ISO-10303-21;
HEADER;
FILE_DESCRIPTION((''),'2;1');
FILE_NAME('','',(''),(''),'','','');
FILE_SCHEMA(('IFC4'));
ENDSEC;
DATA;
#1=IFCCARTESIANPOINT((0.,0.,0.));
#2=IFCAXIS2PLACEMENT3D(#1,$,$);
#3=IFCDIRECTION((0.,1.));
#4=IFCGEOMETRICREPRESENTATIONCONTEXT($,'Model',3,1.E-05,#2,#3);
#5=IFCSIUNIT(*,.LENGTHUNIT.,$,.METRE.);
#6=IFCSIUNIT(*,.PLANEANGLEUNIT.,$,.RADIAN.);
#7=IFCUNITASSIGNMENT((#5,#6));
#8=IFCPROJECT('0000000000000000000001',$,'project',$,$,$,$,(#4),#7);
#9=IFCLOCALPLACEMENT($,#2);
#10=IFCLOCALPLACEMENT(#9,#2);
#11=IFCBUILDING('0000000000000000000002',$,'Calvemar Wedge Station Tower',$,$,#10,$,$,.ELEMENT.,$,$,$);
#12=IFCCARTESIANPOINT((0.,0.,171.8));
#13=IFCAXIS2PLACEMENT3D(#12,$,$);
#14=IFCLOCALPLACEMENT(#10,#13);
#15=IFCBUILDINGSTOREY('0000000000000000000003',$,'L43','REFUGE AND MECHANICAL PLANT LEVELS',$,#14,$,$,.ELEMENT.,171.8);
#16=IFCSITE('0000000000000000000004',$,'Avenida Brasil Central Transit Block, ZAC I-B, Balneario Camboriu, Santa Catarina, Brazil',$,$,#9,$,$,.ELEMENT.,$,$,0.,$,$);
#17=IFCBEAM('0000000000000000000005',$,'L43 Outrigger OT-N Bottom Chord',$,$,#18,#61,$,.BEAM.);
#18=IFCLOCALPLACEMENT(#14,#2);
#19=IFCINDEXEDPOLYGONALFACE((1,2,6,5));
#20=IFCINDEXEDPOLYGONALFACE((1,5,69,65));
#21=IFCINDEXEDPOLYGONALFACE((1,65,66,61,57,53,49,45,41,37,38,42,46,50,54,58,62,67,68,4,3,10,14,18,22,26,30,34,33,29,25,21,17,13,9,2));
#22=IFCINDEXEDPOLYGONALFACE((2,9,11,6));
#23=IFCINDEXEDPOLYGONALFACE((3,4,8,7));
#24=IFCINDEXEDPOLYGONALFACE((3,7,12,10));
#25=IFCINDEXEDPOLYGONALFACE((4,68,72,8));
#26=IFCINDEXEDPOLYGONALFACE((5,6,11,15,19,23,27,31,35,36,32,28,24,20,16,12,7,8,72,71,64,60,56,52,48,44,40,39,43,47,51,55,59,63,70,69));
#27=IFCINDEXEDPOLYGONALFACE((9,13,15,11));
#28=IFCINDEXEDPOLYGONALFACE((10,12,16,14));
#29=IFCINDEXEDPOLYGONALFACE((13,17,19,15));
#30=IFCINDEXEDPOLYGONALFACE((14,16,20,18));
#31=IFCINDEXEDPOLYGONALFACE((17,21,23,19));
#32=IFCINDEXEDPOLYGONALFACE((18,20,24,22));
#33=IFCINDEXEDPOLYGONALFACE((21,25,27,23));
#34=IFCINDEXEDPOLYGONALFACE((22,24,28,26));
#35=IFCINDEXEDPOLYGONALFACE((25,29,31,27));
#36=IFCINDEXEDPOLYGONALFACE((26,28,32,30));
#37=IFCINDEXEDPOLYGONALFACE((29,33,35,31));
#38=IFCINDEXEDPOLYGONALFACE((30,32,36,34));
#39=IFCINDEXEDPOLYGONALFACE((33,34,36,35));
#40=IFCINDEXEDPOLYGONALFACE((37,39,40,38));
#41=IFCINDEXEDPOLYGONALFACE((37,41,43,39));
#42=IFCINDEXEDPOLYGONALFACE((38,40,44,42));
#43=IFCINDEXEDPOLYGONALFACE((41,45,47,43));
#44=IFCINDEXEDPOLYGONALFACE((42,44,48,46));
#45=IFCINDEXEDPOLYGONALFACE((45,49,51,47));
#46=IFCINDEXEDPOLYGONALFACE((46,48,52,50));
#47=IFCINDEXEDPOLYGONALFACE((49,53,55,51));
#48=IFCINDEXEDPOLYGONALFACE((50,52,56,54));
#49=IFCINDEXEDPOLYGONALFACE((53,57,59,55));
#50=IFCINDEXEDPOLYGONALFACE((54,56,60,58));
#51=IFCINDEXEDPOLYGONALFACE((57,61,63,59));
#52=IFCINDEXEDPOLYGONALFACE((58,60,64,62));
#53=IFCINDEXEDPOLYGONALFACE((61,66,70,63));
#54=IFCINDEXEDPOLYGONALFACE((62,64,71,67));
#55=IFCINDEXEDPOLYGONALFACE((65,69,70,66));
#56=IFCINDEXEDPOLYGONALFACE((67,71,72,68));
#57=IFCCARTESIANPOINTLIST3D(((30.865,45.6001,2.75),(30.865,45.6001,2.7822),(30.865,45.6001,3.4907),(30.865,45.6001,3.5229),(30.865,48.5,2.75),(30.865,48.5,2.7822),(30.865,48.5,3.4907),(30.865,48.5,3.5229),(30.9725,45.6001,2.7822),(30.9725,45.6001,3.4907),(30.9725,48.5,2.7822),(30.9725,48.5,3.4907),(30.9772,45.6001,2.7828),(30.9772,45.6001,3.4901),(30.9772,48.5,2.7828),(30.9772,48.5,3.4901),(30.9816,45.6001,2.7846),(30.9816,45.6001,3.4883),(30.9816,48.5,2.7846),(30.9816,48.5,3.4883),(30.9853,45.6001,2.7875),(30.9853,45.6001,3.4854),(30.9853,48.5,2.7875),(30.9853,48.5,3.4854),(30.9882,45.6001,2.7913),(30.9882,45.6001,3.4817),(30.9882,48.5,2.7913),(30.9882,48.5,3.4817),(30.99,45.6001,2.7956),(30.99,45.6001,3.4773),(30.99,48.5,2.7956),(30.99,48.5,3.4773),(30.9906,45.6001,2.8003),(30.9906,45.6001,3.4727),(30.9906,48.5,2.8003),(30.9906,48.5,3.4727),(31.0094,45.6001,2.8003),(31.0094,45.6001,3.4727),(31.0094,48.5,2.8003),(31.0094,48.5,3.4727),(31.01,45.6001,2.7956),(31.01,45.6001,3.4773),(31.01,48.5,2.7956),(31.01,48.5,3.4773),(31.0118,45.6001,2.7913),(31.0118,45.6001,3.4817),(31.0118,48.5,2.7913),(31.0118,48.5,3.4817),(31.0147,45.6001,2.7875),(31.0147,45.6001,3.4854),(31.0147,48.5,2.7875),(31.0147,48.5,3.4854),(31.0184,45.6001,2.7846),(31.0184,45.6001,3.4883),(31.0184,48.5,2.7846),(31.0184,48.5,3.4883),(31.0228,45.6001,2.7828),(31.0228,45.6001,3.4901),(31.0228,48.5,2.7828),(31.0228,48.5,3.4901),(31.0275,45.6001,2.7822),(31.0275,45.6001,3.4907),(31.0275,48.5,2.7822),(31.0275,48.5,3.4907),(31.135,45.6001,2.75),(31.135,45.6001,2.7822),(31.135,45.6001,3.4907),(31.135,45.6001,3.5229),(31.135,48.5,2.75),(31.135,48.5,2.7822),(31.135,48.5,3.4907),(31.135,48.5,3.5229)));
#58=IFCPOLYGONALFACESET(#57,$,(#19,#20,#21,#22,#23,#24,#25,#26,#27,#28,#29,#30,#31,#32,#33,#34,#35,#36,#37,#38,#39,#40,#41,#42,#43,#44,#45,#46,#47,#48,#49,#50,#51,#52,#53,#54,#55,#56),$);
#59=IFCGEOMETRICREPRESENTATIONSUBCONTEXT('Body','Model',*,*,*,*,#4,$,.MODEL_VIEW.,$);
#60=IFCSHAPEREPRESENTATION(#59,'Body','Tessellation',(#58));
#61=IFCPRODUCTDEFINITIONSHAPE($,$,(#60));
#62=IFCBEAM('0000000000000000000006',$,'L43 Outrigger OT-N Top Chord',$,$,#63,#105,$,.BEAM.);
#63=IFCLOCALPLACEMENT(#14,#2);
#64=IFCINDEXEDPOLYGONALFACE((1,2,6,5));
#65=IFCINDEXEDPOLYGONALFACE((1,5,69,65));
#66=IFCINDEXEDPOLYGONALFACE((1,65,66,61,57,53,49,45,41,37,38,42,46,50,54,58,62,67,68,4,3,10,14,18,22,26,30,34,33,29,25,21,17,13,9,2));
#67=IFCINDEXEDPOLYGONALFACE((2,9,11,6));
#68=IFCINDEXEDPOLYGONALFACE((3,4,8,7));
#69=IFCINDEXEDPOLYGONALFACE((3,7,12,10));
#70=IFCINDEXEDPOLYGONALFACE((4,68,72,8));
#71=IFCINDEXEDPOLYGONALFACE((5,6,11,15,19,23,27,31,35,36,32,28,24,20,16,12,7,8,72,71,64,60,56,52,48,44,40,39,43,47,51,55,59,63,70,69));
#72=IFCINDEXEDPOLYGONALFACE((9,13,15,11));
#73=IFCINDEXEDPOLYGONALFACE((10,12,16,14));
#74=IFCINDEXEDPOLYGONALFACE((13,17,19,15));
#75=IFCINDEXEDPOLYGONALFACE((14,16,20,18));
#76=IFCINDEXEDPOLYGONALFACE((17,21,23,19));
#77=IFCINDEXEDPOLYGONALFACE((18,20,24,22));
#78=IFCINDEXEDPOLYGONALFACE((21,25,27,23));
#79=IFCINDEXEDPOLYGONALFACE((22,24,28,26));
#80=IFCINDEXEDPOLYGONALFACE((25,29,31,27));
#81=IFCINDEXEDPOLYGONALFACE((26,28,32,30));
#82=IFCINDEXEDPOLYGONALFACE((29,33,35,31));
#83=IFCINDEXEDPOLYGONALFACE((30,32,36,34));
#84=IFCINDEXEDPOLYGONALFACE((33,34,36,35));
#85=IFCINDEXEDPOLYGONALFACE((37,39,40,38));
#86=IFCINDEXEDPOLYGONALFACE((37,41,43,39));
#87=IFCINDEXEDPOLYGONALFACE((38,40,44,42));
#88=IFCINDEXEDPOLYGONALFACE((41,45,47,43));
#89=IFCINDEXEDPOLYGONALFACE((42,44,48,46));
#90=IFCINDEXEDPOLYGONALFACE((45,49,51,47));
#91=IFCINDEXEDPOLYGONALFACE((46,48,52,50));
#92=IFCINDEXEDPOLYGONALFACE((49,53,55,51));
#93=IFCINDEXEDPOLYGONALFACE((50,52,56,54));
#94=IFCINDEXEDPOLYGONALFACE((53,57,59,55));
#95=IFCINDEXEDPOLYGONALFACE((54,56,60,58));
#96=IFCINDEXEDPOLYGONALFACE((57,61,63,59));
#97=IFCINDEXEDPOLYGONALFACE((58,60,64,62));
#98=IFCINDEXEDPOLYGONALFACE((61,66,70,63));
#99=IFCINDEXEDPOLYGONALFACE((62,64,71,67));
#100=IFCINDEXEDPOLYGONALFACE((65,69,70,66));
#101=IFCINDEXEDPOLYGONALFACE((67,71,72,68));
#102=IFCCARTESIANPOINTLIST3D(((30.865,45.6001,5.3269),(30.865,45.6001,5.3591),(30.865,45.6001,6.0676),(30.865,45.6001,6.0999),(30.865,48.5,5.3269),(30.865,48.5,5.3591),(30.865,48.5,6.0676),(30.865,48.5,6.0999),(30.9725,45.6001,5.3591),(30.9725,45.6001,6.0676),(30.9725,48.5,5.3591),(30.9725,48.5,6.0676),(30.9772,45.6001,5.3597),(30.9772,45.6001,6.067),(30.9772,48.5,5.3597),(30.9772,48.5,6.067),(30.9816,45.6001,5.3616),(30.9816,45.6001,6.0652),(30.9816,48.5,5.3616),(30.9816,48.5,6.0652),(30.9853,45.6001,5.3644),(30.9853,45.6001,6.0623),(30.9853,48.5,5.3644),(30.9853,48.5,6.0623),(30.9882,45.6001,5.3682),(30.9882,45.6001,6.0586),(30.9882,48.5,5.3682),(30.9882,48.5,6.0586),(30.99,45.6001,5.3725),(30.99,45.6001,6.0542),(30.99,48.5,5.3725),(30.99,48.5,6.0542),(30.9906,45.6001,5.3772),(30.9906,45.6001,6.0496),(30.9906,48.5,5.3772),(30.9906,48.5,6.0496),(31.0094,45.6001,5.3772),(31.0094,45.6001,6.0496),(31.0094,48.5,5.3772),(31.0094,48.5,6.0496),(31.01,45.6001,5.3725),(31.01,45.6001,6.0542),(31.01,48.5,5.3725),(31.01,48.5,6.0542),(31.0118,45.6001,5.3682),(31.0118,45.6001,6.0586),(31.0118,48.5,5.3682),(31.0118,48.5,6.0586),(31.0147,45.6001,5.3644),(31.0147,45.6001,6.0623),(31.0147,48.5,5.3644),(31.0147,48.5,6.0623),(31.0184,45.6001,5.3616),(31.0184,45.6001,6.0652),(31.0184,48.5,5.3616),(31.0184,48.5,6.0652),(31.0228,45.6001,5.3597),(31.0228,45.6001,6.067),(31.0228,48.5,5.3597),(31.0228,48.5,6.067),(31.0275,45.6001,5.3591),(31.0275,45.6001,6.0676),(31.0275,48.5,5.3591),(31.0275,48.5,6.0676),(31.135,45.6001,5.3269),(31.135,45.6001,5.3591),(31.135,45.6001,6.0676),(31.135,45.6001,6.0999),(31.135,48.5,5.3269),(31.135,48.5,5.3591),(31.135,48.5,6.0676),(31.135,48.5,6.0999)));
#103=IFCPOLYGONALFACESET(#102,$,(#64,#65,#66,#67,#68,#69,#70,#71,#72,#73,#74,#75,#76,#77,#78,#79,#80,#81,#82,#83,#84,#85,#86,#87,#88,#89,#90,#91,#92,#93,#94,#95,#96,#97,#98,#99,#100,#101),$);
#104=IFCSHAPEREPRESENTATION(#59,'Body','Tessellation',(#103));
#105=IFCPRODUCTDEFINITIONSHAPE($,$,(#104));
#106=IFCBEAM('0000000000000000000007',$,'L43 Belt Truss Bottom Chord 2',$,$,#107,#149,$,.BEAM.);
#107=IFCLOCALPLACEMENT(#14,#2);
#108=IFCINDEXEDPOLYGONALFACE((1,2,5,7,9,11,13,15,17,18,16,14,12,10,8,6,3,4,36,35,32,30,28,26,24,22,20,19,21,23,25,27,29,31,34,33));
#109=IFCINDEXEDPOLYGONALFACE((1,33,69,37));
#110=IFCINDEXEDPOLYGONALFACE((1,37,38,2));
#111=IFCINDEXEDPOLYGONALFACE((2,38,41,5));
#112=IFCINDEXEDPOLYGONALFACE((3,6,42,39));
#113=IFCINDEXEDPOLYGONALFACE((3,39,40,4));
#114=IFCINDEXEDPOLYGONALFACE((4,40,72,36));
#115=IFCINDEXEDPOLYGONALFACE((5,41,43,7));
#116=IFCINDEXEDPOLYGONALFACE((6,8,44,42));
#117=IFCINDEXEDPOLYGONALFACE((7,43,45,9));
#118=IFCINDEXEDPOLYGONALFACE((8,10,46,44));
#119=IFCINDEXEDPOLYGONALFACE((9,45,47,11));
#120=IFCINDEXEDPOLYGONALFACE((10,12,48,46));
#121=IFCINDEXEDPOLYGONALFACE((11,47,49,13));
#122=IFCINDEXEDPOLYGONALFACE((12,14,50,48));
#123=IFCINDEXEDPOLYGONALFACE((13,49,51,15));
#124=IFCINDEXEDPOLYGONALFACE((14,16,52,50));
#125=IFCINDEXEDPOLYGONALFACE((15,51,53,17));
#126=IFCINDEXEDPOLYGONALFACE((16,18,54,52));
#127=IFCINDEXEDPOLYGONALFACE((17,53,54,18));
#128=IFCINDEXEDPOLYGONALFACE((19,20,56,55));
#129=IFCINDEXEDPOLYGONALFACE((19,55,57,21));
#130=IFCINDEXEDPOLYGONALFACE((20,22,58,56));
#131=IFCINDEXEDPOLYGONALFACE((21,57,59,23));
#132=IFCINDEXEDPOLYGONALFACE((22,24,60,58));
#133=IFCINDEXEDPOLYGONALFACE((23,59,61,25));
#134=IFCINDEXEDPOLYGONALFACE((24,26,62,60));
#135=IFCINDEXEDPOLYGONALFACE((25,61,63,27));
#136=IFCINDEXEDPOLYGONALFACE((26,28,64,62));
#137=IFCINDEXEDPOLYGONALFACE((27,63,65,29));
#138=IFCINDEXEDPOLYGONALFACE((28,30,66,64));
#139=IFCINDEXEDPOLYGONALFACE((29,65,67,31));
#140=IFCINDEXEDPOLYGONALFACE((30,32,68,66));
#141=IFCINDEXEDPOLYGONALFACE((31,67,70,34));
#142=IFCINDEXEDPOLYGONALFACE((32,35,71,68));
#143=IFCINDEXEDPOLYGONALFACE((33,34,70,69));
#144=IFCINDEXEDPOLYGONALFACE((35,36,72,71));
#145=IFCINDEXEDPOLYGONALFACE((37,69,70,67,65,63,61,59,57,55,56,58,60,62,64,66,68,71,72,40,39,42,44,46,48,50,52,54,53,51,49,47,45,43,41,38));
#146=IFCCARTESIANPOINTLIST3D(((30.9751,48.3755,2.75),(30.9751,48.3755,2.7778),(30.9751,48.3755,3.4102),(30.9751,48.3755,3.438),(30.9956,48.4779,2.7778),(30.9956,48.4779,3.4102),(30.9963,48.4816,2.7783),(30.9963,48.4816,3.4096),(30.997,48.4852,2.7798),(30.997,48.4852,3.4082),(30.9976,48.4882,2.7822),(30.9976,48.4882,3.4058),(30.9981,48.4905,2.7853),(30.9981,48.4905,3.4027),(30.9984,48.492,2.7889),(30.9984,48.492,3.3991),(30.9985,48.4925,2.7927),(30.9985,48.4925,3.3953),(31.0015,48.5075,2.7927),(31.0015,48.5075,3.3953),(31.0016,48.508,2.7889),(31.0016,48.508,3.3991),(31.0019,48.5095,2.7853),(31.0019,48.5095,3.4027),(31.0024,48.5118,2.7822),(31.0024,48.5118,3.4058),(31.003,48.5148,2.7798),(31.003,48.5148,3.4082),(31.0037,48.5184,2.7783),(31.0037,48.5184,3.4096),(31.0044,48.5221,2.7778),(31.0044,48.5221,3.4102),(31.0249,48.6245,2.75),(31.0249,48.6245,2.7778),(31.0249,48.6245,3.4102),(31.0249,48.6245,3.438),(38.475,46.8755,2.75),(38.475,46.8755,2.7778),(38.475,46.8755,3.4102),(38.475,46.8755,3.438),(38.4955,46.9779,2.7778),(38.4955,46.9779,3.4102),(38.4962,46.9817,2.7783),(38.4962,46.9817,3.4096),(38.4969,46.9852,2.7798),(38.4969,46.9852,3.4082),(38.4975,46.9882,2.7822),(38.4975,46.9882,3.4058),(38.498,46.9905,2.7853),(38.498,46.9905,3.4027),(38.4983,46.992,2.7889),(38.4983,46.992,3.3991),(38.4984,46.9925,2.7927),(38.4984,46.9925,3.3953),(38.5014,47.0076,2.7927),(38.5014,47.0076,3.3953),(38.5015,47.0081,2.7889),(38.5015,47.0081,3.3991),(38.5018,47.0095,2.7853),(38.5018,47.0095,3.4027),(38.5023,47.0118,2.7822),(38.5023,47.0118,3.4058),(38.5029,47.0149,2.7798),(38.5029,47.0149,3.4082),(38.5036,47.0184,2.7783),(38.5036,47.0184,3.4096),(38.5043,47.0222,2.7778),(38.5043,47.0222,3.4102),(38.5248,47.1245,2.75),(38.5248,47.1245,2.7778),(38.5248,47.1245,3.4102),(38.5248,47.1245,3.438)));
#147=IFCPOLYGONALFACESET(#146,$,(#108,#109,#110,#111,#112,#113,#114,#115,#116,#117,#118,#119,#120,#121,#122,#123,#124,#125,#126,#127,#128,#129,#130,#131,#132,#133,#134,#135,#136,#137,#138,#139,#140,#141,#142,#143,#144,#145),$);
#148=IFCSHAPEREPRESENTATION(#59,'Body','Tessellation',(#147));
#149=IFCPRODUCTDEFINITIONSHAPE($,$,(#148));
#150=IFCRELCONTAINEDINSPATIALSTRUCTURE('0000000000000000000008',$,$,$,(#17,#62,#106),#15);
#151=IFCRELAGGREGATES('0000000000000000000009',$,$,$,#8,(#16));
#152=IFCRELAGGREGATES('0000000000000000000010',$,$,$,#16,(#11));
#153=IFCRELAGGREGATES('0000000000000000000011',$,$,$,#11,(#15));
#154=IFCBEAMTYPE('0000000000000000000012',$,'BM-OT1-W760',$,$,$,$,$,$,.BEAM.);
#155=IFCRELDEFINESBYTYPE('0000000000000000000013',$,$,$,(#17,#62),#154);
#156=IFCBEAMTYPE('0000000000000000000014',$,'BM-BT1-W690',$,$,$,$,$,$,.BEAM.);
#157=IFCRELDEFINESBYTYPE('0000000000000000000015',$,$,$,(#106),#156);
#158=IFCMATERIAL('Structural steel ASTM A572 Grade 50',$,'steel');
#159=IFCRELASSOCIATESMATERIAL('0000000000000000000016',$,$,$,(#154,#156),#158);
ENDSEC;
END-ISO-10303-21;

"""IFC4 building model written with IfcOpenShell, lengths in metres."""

from ifc_helpers import new_model, si_unit, direction, frame, origin, origin_2d, place, context, subcontext, project, spatial, i_section, extrude, source, transform, mapped, material, material_profile, profile_set, type_object, element, save


model = new_model("IFC4")

# Units and contexts
model_context = context("Model", 3, precision=1e-05, world=origin(), true_north=direction((0.0, 1.0)))
body_context = subcontext(model_context, "Body", "Model", "MODEL_VIEW")
ifc_project = project(units=[si_unit("LENGTHUNIT", "METRE"), si_unit("PLANEANGLEUNIT", "RADIAN")], contexts=[model_context])

# Site, building, storey
site_placement = place(None, origin())
site = spatial("IfcSite", under=ifc_project, at=site_placement, Name="Avenida Brasil Central Transit Block, ZAC I-B, Balneario Camboriu, Santa Catarina, Brazil", CompositionType="ELEMENT", RefElevation=0.0)
building_placement = place(site_placement, origin())
building = spatial("IfcBuilding", under=site, at=building_placement, Name="Calvemar Wedge Station Tower", CompositionType="ELEMENT")
storey_placement = place(building_placement, frame((0.0, 0.0, 171.8)))
storey = spatial("IfcBuildingStorey", under=building, at=storey_placement, Name="L43", Description="REFUGE AND MECHANICAL PLANT LEVELS", CompositionType="ELEMENT", Elevation=171.8)

# Beams
ifc_material_1 = material(Name="Structural steel ASTM A572 Grade 50", Category="steel")
ifc_material_profile_1 = material_profile(ifc_material_1, i_section(OverallWidth=0.27, OverallDepth=0.7729, WebThickness=0.0188, FlangeThickness=0.0322, FilletRadius=0.0181, at=origin_2d()), Name="W760x257")
ifc_profile_set_1 = profile_set([ifc_material_profile_1], Name="Structural steel ASTM A572 Grade 50")
beam_type_1 = type_object("IfcBeamType", Name="BM-OT1-W760", PredefinedType="BEAM", material=ifc_profile_set_1)
shared_shape_1 = source(origin(), body_context, "Body", "SweptSolid", [
    extrude(i_section(OverallWidth=0.27, OverallDepth=0.7729, WebThickness=0.0188, FlangeThickness=0.0322, FilletRadius=0.0181, at=origin_2d()), origin(), (0.0, 0.0, 1.0), 2.8999),
])
for number, where, z_axis, x_axis, name in (
    (1, (31.0, 45.6001, 3.1365), (0.0, 1.0, 0.0), (-1.0, 0.0, 0.0), "L43 Outrigger OT-N Bottom Chord"),
    (2, (31.0, 45.6001, 5.7134), (0.0, 1.0, 0.0), (-1.0, 0.0, 0.0), "L43 Outrigger OT-N Top Chord"),
):
    element("IfcBeam", number, at=place(storey_placement, frame(where, z_axis=z_axis, x_axis=x_axis)), inside=storey, type_object=beam_type_1, Name=name, PredefinedType="BEAM", context=body_context, shape_type="MappedRepresentation", body=[
        mapped(shared_shape_1, transform((0.0, 0.0, 0.0), scale=1.0)),
    ])
ifc_material_profile_2 = material_profile(ifc_material_1, i_section(OverallWidth=0.2539, OverallDepth=0.688, WebThickness=0.0154, FlangeThickness=0.0278, FilletRadius=0.0149, at=origin_2d()), Name="W690x192")
ifc_profile_set_2 = profile_set([ifc_material_profile_2], Name="Structural steel ASTM A572 Grade 50")
beam_type_2 = type_object("IfcBeamType", Name="BM-BT1-W690", PredefinedType="BEAM", material=ifc_profile_set_2)
shared_shape_2 = source(origin(), body_context, "Body", "SweptSolid", [
    extrude(i_section(OverallWidth=0.2539, OverallDepth=0.688, WebThickness=0.0154, FlangeThickness=0.0278, FilletRadius=0.0149, at=origin_2d()), origin(), (0.0, 0.0, 1.0), 7.6484),
])
beam_1_placement = place(storey_placement, frame((31.0, 48.5, 3.094), z_axis=(0.980581, -0.196116, 0.0), x_axis=(0.196116, 0.980581, 0.0)))
element("IfcBeam", 3, at=beam_1_placement, inside=storey, type_object=beam_type_2, Name="L43 Belt Truss Bottom Chord 2", PredefinedType="BEAM", context=body_context, shape_type="MappedRepresentation", body=[
    mapped(shared_shape_2, transform((0.0, 0.0, 0.0), scale=1.0)),
])

save(model, "model.ifc")
